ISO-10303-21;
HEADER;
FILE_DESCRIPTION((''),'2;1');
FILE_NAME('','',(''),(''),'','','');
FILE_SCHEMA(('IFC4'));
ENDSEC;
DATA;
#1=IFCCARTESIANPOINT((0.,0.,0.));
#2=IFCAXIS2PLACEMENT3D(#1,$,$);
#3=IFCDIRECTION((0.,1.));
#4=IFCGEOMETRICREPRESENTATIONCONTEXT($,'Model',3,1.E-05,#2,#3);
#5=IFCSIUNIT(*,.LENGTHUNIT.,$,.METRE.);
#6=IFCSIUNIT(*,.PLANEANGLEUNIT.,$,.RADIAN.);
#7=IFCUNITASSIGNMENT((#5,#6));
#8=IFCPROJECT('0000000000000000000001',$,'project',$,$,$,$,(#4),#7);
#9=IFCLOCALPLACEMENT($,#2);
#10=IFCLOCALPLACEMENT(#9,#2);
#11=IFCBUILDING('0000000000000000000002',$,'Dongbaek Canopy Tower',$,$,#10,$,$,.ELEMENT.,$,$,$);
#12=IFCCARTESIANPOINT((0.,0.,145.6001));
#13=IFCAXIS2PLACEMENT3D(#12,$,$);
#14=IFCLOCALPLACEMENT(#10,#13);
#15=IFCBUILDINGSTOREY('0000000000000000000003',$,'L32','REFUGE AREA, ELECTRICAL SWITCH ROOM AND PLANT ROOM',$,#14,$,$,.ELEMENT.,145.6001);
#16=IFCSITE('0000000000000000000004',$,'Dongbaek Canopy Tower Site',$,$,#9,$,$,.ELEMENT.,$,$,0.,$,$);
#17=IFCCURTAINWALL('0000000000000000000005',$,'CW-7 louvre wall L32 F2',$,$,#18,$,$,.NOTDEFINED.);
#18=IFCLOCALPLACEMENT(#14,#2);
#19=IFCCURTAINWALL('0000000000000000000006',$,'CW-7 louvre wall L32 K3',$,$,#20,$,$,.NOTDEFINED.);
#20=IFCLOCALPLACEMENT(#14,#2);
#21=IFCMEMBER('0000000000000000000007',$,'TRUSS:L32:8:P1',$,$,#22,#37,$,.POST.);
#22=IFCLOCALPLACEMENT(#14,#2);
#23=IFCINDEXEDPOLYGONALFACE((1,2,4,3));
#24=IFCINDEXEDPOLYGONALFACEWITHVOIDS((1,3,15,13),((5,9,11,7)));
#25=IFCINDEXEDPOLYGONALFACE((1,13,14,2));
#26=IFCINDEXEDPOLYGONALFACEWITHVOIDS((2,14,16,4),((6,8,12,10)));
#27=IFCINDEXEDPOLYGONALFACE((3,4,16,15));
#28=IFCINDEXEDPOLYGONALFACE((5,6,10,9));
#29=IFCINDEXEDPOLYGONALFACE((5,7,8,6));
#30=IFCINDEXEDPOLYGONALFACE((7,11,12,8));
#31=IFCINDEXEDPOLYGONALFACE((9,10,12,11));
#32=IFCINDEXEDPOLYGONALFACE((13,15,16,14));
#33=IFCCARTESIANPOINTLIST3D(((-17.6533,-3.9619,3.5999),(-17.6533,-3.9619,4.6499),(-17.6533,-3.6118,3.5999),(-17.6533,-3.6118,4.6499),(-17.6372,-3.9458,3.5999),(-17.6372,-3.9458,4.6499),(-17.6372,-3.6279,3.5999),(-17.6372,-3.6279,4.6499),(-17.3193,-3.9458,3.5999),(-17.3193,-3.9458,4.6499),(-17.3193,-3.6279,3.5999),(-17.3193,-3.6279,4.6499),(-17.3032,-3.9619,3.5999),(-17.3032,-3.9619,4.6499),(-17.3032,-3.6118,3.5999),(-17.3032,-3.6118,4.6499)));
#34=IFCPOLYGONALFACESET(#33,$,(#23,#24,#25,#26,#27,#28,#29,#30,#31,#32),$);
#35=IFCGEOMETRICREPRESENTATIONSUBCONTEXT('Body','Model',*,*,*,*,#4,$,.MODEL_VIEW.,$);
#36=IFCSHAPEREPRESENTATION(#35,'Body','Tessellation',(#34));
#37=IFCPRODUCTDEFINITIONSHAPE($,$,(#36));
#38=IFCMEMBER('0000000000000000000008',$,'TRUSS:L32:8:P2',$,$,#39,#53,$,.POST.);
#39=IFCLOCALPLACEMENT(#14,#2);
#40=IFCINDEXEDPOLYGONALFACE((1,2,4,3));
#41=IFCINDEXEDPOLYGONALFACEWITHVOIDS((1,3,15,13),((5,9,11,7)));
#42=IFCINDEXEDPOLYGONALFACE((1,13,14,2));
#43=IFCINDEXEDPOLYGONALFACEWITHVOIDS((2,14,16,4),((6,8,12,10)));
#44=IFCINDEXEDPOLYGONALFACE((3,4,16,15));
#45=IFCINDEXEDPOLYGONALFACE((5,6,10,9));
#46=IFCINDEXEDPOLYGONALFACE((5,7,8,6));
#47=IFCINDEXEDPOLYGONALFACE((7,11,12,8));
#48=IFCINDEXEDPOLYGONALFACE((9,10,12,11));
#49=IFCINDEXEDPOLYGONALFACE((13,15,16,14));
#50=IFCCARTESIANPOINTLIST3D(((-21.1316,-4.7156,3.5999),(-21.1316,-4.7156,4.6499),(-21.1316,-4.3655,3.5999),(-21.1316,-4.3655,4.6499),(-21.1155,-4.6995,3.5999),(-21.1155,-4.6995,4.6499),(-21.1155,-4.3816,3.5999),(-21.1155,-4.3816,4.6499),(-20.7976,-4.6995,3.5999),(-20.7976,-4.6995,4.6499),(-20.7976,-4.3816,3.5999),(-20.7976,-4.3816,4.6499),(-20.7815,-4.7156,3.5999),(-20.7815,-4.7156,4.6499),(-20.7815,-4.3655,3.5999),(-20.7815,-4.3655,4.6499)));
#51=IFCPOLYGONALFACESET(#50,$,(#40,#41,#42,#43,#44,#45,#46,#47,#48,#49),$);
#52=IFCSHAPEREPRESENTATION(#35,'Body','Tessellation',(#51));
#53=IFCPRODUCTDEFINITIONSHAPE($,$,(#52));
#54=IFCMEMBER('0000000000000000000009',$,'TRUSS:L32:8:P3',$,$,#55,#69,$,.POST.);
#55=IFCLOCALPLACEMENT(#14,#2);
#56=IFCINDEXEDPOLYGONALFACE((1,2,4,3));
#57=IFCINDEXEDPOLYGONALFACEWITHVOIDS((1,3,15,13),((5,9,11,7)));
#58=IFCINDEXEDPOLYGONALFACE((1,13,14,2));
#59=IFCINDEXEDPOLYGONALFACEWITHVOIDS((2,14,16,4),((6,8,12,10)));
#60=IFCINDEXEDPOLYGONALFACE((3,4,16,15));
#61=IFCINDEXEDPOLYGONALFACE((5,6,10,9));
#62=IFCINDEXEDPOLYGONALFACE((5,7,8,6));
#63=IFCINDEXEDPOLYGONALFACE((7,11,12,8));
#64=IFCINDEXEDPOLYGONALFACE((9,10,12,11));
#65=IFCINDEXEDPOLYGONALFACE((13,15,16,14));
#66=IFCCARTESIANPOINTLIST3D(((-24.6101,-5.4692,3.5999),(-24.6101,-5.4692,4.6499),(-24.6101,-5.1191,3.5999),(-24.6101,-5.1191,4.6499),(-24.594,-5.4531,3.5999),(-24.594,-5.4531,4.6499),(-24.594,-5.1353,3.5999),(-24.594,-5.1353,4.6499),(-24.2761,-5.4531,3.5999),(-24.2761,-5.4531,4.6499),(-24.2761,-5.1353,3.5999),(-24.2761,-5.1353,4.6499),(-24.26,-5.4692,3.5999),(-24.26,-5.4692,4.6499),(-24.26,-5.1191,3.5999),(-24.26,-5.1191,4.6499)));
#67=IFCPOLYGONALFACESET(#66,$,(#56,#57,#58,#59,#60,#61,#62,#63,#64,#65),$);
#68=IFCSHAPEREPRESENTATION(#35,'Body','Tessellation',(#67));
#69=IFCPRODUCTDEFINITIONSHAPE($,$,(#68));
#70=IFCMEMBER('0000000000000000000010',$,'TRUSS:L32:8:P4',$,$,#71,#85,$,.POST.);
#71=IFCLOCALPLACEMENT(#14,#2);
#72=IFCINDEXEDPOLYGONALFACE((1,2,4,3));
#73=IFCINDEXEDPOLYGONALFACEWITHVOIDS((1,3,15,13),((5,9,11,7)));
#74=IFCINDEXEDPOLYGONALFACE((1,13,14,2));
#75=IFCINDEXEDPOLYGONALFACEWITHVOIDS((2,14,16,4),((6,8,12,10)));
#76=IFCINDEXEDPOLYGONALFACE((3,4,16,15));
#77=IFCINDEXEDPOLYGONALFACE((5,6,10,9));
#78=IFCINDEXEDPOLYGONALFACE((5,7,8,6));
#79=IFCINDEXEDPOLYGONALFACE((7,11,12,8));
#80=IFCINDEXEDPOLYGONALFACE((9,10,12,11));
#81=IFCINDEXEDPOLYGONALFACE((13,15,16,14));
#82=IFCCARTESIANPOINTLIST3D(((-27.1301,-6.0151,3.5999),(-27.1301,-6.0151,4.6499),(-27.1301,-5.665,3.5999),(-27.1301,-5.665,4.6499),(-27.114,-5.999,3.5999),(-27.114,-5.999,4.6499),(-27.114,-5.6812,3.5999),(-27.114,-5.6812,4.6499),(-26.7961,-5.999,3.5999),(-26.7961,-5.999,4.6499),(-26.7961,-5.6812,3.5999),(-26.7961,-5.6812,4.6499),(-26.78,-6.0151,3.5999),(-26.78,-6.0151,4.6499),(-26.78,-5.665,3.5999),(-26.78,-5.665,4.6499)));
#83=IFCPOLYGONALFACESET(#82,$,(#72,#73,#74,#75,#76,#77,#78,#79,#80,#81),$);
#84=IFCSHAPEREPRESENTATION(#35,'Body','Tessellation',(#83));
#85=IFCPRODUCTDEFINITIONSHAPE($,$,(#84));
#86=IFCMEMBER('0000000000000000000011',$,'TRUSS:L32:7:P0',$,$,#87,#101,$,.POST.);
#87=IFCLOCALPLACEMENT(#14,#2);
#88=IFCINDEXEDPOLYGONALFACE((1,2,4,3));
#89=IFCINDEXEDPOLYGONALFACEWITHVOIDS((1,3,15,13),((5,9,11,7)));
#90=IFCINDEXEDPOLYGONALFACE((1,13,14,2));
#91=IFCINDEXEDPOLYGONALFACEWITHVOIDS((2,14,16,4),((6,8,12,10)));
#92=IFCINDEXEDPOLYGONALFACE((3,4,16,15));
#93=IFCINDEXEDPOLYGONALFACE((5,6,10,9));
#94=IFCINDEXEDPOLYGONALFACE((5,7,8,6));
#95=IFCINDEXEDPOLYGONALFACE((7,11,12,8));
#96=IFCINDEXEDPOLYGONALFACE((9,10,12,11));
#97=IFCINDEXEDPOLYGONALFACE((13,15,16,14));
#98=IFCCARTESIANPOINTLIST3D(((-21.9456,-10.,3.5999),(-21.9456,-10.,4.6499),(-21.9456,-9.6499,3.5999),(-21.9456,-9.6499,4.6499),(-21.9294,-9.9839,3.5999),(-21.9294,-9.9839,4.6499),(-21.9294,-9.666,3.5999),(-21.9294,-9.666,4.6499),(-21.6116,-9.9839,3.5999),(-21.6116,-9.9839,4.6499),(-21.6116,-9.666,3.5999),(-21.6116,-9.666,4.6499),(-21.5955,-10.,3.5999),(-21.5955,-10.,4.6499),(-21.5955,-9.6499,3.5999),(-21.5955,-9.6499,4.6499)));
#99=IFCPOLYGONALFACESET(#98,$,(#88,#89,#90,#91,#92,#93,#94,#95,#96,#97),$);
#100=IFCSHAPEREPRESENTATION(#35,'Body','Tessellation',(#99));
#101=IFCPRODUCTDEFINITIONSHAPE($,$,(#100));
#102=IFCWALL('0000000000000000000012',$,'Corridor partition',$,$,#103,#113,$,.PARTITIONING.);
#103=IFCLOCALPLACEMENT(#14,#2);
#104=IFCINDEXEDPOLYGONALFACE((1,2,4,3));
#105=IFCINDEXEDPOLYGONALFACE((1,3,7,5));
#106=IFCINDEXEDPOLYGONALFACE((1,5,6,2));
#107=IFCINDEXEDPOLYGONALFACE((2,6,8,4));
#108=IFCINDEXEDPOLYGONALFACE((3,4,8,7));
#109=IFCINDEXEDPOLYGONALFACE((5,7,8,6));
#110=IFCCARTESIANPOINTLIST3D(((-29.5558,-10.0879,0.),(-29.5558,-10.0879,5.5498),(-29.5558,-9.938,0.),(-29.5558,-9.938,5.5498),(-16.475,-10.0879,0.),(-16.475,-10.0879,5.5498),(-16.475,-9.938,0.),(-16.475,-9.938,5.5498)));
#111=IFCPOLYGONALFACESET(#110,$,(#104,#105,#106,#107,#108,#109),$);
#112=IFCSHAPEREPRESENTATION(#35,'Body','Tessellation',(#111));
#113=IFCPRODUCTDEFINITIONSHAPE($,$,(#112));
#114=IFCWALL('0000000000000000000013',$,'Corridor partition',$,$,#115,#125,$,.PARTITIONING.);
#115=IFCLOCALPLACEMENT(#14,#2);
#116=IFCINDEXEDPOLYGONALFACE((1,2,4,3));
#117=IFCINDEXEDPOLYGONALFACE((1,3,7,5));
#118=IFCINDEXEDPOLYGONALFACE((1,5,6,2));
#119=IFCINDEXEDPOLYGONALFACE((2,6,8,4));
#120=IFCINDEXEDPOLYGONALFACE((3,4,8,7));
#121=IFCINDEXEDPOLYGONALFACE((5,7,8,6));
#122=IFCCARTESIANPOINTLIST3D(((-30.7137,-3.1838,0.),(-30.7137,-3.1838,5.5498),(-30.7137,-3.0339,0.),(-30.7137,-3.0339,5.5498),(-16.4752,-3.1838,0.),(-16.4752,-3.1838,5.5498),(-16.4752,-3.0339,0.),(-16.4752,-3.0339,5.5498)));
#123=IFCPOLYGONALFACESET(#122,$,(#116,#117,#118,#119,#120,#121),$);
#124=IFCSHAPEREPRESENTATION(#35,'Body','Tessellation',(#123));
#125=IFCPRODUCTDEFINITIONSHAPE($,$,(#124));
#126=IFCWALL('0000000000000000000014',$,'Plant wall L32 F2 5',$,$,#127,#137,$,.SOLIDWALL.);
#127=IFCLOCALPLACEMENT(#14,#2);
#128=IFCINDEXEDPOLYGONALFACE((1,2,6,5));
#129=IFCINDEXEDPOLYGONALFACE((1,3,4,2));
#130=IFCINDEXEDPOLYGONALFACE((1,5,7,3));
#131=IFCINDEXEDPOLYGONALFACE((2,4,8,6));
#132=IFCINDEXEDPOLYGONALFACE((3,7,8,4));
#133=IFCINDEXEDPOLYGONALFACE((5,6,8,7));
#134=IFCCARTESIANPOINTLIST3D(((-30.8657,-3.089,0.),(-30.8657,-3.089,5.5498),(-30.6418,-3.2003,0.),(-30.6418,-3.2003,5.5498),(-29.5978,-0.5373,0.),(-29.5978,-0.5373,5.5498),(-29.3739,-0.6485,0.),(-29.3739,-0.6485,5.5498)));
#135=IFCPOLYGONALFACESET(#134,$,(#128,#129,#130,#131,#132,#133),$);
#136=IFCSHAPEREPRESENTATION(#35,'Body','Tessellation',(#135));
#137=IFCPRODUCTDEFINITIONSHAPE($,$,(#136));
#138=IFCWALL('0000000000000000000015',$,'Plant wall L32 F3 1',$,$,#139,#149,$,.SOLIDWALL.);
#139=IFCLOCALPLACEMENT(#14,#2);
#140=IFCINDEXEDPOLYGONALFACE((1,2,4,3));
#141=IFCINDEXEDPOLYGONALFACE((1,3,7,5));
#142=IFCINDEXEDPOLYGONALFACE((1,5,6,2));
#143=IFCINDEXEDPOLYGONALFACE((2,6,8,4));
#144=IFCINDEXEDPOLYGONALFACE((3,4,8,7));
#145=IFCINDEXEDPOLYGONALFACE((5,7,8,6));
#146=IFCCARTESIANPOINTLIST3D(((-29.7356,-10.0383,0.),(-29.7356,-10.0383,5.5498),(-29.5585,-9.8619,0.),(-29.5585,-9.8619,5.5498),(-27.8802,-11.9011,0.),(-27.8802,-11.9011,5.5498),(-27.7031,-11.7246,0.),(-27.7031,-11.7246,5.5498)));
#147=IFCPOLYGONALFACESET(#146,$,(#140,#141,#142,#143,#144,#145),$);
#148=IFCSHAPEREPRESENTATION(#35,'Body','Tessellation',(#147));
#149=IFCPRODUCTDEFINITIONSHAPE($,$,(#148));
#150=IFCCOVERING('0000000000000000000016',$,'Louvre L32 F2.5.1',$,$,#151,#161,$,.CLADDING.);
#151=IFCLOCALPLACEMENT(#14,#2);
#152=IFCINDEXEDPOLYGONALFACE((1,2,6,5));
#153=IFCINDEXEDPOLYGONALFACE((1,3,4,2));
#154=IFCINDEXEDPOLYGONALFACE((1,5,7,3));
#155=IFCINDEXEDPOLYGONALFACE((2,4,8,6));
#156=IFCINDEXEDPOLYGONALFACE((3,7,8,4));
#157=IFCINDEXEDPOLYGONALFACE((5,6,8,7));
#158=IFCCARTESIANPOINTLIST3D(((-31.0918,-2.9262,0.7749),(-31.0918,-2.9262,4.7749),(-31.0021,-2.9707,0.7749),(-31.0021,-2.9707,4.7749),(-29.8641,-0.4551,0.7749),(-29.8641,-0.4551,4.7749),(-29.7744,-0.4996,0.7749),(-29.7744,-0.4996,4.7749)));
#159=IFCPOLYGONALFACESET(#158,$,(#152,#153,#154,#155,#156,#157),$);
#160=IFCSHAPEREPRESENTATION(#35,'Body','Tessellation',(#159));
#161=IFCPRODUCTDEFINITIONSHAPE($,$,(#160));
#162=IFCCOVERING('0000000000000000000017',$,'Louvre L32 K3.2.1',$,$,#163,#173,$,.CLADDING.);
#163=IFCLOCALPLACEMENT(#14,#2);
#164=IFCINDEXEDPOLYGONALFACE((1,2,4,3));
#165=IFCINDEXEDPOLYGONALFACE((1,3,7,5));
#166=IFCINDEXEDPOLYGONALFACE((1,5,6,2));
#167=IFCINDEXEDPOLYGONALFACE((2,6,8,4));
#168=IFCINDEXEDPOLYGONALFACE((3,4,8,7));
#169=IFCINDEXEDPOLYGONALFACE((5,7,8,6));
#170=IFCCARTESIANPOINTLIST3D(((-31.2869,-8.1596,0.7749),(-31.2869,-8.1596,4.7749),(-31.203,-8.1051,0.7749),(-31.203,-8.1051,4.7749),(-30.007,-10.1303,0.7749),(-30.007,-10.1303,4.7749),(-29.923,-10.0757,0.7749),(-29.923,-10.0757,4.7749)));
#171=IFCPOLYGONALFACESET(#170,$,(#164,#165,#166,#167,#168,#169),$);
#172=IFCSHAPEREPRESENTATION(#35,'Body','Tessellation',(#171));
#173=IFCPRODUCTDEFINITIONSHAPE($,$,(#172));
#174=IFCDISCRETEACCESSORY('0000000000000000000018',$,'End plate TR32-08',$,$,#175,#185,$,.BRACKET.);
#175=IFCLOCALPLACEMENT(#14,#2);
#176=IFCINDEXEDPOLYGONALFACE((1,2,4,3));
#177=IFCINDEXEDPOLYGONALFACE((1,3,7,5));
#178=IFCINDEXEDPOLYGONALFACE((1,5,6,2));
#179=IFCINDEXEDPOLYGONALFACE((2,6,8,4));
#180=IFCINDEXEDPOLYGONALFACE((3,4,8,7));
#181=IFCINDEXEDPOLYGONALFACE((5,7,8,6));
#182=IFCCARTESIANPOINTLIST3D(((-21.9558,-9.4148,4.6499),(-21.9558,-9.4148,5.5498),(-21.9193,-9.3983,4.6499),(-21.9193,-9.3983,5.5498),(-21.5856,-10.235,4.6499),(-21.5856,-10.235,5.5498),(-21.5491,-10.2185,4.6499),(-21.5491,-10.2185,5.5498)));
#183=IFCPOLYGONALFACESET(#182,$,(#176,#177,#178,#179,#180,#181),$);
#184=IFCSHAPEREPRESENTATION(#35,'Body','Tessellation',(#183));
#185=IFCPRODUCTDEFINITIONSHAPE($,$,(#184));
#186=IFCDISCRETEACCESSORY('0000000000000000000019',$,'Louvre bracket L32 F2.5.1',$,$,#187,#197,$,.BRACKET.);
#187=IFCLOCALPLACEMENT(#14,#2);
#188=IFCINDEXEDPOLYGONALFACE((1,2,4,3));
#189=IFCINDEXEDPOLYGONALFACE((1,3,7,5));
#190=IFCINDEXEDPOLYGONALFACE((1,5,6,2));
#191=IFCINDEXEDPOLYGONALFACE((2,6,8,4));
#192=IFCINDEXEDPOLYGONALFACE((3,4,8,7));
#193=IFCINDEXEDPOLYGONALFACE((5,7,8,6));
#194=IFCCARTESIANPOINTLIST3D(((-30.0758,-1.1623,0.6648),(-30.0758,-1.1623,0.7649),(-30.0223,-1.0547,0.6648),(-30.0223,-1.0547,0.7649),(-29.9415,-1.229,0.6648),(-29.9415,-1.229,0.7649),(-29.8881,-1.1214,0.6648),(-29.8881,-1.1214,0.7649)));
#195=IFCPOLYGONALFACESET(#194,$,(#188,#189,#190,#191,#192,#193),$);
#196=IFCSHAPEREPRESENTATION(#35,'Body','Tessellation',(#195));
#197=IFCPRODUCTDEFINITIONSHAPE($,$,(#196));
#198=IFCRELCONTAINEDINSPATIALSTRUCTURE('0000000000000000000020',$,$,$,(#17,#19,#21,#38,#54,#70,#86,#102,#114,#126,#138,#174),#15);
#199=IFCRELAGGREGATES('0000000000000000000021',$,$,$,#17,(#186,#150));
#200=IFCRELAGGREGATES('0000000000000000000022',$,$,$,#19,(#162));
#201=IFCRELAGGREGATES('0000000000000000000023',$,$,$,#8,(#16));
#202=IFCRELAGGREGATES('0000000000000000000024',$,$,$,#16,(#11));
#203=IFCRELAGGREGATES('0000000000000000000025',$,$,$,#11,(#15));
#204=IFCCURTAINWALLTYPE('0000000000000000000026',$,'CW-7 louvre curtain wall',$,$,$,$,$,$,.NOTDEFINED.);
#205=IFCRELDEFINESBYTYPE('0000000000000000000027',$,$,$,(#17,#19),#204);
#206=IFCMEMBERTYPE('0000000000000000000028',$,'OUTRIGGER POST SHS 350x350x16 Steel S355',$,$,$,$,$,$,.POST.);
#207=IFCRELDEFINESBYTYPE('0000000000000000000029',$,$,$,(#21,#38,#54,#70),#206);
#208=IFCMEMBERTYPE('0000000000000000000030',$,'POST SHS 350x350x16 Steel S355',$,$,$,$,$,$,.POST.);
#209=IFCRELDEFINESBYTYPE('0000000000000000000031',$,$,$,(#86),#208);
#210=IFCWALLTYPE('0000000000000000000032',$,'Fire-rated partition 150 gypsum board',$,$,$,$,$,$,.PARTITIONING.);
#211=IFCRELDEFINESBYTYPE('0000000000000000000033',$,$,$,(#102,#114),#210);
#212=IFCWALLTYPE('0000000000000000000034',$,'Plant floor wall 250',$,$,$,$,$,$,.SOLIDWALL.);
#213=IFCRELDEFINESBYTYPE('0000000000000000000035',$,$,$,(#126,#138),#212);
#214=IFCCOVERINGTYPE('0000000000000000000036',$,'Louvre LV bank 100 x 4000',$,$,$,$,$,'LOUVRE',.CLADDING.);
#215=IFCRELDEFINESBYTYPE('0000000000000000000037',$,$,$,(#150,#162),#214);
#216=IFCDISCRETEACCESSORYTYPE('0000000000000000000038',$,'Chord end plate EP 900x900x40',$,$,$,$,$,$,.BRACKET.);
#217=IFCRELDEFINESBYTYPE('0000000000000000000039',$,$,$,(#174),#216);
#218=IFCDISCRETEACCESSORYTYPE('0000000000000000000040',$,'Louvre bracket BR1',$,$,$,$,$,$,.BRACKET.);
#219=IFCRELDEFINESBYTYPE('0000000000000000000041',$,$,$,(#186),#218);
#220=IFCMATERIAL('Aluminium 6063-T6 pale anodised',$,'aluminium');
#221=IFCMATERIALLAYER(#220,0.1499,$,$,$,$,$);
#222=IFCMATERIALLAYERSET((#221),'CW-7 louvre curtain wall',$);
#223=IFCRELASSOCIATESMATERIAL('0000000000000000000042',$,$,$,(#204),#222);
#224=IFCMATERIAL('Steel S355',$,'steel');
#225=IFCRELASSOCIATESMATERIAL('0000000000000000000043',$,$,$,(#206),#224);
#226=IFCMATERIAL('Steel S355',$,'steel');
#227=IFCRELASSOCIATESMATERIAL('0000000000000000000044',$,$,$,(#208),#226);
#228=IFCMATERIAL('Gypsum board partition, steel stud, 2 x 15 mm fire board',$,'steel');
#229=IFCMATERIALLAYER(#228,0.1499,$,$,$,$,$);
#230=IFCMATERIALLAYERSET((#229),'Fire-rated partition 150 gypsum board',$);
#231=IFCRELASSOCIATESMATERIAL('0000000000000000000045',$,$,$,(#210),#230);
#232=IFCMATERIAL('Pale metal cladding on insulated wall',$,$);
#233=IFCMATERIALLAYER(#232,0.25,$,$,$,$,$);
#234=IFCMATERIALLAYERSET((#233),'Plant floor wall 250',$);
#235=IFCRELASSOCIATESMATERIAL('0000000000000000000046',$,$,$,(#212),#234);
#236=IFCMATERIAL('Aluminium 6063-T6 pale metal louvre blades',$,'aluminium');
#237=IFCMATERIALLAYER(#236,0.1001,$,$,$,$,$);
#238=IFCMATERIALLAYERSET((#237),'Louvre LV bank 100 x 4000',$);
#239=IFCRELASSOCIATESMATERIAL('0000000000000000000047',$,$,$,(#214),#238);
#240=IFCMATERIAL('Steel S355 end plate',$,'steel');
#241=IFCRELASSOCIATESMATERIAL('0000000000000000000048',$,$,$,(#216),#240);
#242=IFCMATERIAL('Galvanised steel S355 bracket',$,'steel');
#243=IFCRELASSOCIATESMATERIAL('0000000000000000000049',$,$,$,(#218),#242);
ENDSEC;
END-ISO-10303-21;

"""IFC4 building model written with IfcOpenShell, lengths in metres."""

from ifc_helpers import new_model, si_unit, direction, frame, frame_2d, origin, origin_2d, place, context, subcontext, project, spatial, rectangle, hollow_rectangle, extrude, material, layer, layer_set, material_profile, profile_set, type_object, element, aggregate, save


model = new_model("IFC4")

# Units and contexts
model_context = context("Model", 3, precision=1e-05, world=origin(), true_north=direction((0.0, 1.0)))
body_context = subcontext(model_context, "Body", "Model", "MODEL_VIEW")
ifc_project = project(units=[si_unit("LENGTHUNIT", "METRE"), si_unit("PLANEANGLEUNIT", "RADIAN")], contexts=[model_context])

# Site, building, storey
site_placement = place(None, origin())
site = spatial("IfcSite", under=ifc_project, at=site_placement, Name="Dongbaek Canopy Tower Site", CompositionType="ELEMENT", RefElevation=0.0)
building_placement = place(site_placement, origin())
building = spatial("IfcBuilding", under=site, at=building_placement, Name="Dongbaek Canopy Tower", CompositionType="ELEMENT")
storey_placement = place(building_placement, frame((0.0, 0.0, 145.6001)))
storey = spatial("IfcBuildingStorey", under=building, at=storey_placement, Name="L32", Description="REFUGE AREA, ELECTRICAL SWITCH ROOM AND PLANT ROOM", CompositionType="ELEMENT", Elevation=145.6001)

# Curtain walls
ifc_material_1 = material(Name="Aluminium 6063-T6 pale anodised", Category="aluminium")
ifc_layer_1 = layer(ifc_material_1, 0.1499)
ifc_layer_set_1 = layer_set([ifc_layer_1], Name="CW-7 louvre curtain wall")
curtain_wall_type = type_object("IfcCurtainWallType", Name="CW-7 louvre curtain wall", PredefinedType="NOTDEFINED", material=ifc_layer_set_1)
curtain_wall_1_placement = place(storey_placement, origin())
curtain_wall_1 = element("IfcCurtainWall", 1, at=curtain_wall_1_placement, inside=storey, type_object=curtain_wall_type, Name="CW-7 louvre wall L32 F2", PredefinedType="NOTDEFINED")
curtain_wall_2_placement = place(storey_placement, origin())
curtain_wall_2 = element("IfcCurtainWall", 2, at=curtain_wall_2_placement, inside=storey, type_object=curtain_wall_type, Name="CW-7 louvre wall L32 K3", PredefinedType="NOTDEFINED")

# Members
ifc_material_2 = material(Name="Steel S355", Category="steel")
ifc_material_profile_1 = material_profile(ifc_material_2, hollow_rectangle(XDim=0.3501, YDim=0.3501, WallThickness=0.0161, at=origin_2d()), Name="OUTRIGGER POST SHS 350x350x16 Steel S355")
ifc_profile_set_1 = profile_set([ifc_material_profile_1], Name="Steel S355")
member_type_1 = type_object("IfcMemberType", Name="OUTRIGGER POST SHS 350x350x16 Steel S355", PredefinedType="POST", material=ifc_profile_set_1)
for number, where, z_axis, x_axis, name in (
    (3, (-17.4783, -3.7869, 3.5999), (0.0, 0.0, 1.0), (1.0, 0.0, 0.0), "TRUSS:L32:8:P1"),
    (4, (-20.9565, -4.5405, 3.5999), (0.0, 0.0, 1.0), (1.0, 0.0, 0.0), "TRUSS:L32:8:P2"),
    (5, (-24.4351, -5.2942, 3.5999), (0.0, 0.0, 1.0), (1.0, 0.0, 0.0), "TRUSS:L32:8:P3"),
    (6, (-26.9551, -5.8401, 3.5999), (0.0, 0.0, 1.0), (1.0, 0.0, 0.0), "TRUSS:L32:8:P4"),
):
    element("IfcMember", number, at=place(storey_placement, frame(where, z_axis=z_axis, x_axis=x_axis)), inside=storey, type_object=member_type_1, Name=name, PredefinedType="POST", context=body_context, shape_type="SweptSolid", body=[
        extrude(hollow_rectangle(XDim=0.3501, YDim=0.3501, WallThickness=0.0161, at=origin_2d()), origin(), (0.0, 0.0, 1.0), 1.05),
    ])
ifc_material_3 = material(Name="Steel S355", Category="steel")
ifc_material_profile_2 = material_profile(ifc_material_3, hollow_rectangle(XDim=0.3501, YDim=0.3501, WallThickness=0.0161, at=origin_2d()), Name="POST SHS 350x350x16 Steel S355")
ifc_profile_set_2 = profile_set([ifc_material_profile_2], Name="Steel S355")
member_type_2 = type_object("IfcMemberType", Name="POST SHS 350x350x16 Steel S355", PredefinedType="POST", material=ifc_profile_set_2)
member_1_placement = place(storey_placement, frame((-21.7705, -9.825, 3.5999), z_axis=(0.0, 0.0, 1.0), x_axis=(1.0, 0.0, 0.0)))
element("IfcMember", 7, at=member_1_placement, inside=storey, type_object=member_type_2, Name="TRUSS:L32:7:P0", PredefinedType="POST", context=body_context, shape_type="SweptSolid", body=[
    extrude(hollow_rectangle(XDim=0.3501, YDim=0.3501, WallThickness=0.0161, at=origin_2d()), origin(), (0.0, 0.0, 1.0), 1.05),
])

# Walls
ifc_material_4 = material(Name="Gypsum board partition, steel stud, 2 x 15 mm fire board", Category="steel")
ifc_layer_2 = layer(ifc_material_4, 0.1499)
ifc_layer_set_2 = layer_set([ifc_layer_2], Name="Fire-rated partition 150 gypsum board")
wall_type_1 = type_object("IfcWallType", Name="Fire-rated partition 150 gypsum board", PredefinedType="PARTITIONING", material=ifc_layer_set_2)
wall_1_placement = place(storey_placement, frame((-29.5559, -10.0129, 0.0), z_axis=(0.0, 0.0, 1.0), x_axis=(1.0, 0.0, 0.0)))
element("IfcWall", 8, at=wall_1_placement, inside=storey, type_object=wall_type_1, Name="Corridor partition", PredefinedType="PARTITIONING", context=body_context, shape_type="SweptSolid", body=[
    extrude(rectangle(XDim=13.0808, YDim=0.1499, at=frame_2d((6.5405, 0.0))), origin(), (0.0, 0.0, 1.0), 5.5498),
])
wall_2_placement = place(storey_placement, frame((-30.7136, -3.1089, 0.0), z_axis=(0.0, 0.0, 1.0), x_axis=(1.0, 0.0, 0.0)))
element("IfcWall", 9, at=wall_2_placement, inside=storey, type_object=wall_type_1, Name="Corridor partition", PredefinedType="PARTITIONING", context=body_context, shape_type="SweptSolid", body=[
    extrude(rectangle(XDim=14.2385, YDim=0.1499, at=frame_2d((7.1191, 0.0))), origin(), (0.0, 0.0, 1.0), 5.5498),
])
ifc_material_5 = material(Name="Pale metal cladding on insulated wall")
ifc_layer_3 = layer(ifc_material_5, 0.25)
ifc_layer_set_3 = layer_set([ifc_layer_3], Name="Plant floor wall 250")
wall_type_2 = type_object("IfcWallType", Name="Plant floor wall 250", PredefinedType="SOLIDWALL", material=ifc_layer_set_3)
wall_3_placement = place(storey_placement, frame((-29.4858, -0.5928, 0.0), z_axis=(0.0, 0.0, 1.0), x_axis=(-0.44495, -0.895555, 0.0)))
element("IfcWall", 10, at=wall_3_placement, inside=storey, type_object=wall_type_2, Name="Plant wall L32 F2 5", PredefinedType="SOLIDWALL", context=body_context, shape_type="SweptSolid", body=[
    extrude(rectangle(XDim=2.8494, YDim=0.25, at=frame_2d((1.4248, 0.0))), origin(), (0.0, 0.0, 1.0), 5.5498),
])
wall_4_placement = place(storey_placement, frame((-29.647, -9.9502, 0.0), z_axis=(0.0, 0.0, 1.0), x_axis=(0.705713, -0.708498, 0.0)))
element("IfcWall", 11, at=wall_4_placement, inside=storey, type_object=wall_type_2, Name="Plant wall L32 F3 1", PredefinedType="SOLIDWALL", context=body_context, shape_type="SweptSolid", body=[
    extrude(rectangle(XDim=2.6292, YDim=0.25, at=frame_2d((1.3145, 0.0))), origin(), (0.0, 0.0, 1.0), 5.5498),
])

# Coverings
ifc_material_6 = material(Name="Aluminium 6063-T6 pale metal louvre blades", Category="aluminium")
ifc_layer_4 = layer(ifc_material_6, 0.1001)
ifc_layer_set_4 = layer_set([ifc_layer_4], Name="Louvre LV bank 100 x 4000")
covering_type = type_object("IfcCoveringType", Name="Louvre LV bank 100 x 4000", ElementType="LOUVRE", PredefinedType="CLADDING", material=ifc_layer_set_4)
covering_1_placement = place(storey_placement, frame((-30.4331, -1.7129, 0.7749), z_axis=(0.0, 0.0, 1.0), x_axis=(-0.444929, -0.895566, 0.0)))
covering_1 = element("IfcCovering", 12, at=covering_1_placement, type_object=covering_type, Name="Louvre L32 F2.5.1", PredefinedType="CLADDING", context=body_context, shape_type="SweptSolid", body=[
    extrude(rectangle(XDim=2.7593, YDim=0.1001, at=origin_2d()), origin(), (0.0, 0.0, 1.0), 4.0),
])
covering_2_placement = place(storey_placement, frame((-30.605, -9.1177, 0.7749), z_axis=(0.0, 0.0, 1.0), x_axis=(0.544699, -0.838632, 0.0)))
covering_2 = element("IfcCovering", 13, at=covering_2_placement, type_object=covering_type, Name="Louvre L32 K3.2.1", PredefinedType="CLADDING", context=body_context, shape_type="SweptSolid", body=[
    extrude(rectangle(XDim=2.3499, YDim=0.1001, at=origin_2d()), origin(), (0.0, 0.0, 1.0), 4.0),
])

# Discrete accessories
ifc_material_7 = material(Name="Steel S355 end plate", Category="steel")
discrete_accessory_type_1 = type_object("IfcDiscreteAccessoryType", Name="Chord end plate EP 900x900x40", PredefinedType="BRACKET", material=ifc_material_7)
discrete_accessory_1_placement = place(storey_placement, frame((-21.7524, -9.8167, 4.6499), z_axis=(0.0, 0.0, 1.0), x_axis=(-0.911482, -0.411341, 0.0)))
element("IfcDiscreteAccessory", 14, at=discrete_accessory_1_placement, inside=storey, type_object=discrete_accessory_type_1, Name="End plate TR32-08", PredefinedType="BRACKET", context=body_context, shape_type="SweptSolid", body=[
    extrude(rectangle(XDim=0.04, YDim=0.8999, at=origin_2d()), origin(), (0.0, 0.0, 1.0), 0.8999),
])
ifc_material_8 = material(Name="Galvanised steel S355 bracket", Category="steel")
discrete_accessory_type_2 = type_object("IfcDiscreteAccessoryType", Name="Louvre bracket BR1", PredefinedType="BRACKET", material=ifc_material_8)
discrete_accessory_2_placement = place(storey_placement, frame((-29.9819, -1.1418, 0.6648), z_axis=(0.0, 0.0, 1.0), x_axis=(-0.444929, -0.895566, 0.0)))
discrete_accessory_2 = element("IfcDiscreteAccessory", 15, at=discrete_accessory_2_placement, type_object=discrete_accessory_type_2, Name="Louvre bracket L32 F2.5.1", PredefinedType="BRACKET", context=body_context, shape_type="SweptSolid", body=[
    extrude(rectangle(XDim=0.1201, YDim=0.1499, at=origin_2d()), origin(), (0.0, 0.0, 1.0), 0.1001),
])
aggregate(curtain_wall_1, [discrete_accessory_2, covering_1])
aggregate(curtain_wall_2, [covering_2])

save(model, "model.ifc")
